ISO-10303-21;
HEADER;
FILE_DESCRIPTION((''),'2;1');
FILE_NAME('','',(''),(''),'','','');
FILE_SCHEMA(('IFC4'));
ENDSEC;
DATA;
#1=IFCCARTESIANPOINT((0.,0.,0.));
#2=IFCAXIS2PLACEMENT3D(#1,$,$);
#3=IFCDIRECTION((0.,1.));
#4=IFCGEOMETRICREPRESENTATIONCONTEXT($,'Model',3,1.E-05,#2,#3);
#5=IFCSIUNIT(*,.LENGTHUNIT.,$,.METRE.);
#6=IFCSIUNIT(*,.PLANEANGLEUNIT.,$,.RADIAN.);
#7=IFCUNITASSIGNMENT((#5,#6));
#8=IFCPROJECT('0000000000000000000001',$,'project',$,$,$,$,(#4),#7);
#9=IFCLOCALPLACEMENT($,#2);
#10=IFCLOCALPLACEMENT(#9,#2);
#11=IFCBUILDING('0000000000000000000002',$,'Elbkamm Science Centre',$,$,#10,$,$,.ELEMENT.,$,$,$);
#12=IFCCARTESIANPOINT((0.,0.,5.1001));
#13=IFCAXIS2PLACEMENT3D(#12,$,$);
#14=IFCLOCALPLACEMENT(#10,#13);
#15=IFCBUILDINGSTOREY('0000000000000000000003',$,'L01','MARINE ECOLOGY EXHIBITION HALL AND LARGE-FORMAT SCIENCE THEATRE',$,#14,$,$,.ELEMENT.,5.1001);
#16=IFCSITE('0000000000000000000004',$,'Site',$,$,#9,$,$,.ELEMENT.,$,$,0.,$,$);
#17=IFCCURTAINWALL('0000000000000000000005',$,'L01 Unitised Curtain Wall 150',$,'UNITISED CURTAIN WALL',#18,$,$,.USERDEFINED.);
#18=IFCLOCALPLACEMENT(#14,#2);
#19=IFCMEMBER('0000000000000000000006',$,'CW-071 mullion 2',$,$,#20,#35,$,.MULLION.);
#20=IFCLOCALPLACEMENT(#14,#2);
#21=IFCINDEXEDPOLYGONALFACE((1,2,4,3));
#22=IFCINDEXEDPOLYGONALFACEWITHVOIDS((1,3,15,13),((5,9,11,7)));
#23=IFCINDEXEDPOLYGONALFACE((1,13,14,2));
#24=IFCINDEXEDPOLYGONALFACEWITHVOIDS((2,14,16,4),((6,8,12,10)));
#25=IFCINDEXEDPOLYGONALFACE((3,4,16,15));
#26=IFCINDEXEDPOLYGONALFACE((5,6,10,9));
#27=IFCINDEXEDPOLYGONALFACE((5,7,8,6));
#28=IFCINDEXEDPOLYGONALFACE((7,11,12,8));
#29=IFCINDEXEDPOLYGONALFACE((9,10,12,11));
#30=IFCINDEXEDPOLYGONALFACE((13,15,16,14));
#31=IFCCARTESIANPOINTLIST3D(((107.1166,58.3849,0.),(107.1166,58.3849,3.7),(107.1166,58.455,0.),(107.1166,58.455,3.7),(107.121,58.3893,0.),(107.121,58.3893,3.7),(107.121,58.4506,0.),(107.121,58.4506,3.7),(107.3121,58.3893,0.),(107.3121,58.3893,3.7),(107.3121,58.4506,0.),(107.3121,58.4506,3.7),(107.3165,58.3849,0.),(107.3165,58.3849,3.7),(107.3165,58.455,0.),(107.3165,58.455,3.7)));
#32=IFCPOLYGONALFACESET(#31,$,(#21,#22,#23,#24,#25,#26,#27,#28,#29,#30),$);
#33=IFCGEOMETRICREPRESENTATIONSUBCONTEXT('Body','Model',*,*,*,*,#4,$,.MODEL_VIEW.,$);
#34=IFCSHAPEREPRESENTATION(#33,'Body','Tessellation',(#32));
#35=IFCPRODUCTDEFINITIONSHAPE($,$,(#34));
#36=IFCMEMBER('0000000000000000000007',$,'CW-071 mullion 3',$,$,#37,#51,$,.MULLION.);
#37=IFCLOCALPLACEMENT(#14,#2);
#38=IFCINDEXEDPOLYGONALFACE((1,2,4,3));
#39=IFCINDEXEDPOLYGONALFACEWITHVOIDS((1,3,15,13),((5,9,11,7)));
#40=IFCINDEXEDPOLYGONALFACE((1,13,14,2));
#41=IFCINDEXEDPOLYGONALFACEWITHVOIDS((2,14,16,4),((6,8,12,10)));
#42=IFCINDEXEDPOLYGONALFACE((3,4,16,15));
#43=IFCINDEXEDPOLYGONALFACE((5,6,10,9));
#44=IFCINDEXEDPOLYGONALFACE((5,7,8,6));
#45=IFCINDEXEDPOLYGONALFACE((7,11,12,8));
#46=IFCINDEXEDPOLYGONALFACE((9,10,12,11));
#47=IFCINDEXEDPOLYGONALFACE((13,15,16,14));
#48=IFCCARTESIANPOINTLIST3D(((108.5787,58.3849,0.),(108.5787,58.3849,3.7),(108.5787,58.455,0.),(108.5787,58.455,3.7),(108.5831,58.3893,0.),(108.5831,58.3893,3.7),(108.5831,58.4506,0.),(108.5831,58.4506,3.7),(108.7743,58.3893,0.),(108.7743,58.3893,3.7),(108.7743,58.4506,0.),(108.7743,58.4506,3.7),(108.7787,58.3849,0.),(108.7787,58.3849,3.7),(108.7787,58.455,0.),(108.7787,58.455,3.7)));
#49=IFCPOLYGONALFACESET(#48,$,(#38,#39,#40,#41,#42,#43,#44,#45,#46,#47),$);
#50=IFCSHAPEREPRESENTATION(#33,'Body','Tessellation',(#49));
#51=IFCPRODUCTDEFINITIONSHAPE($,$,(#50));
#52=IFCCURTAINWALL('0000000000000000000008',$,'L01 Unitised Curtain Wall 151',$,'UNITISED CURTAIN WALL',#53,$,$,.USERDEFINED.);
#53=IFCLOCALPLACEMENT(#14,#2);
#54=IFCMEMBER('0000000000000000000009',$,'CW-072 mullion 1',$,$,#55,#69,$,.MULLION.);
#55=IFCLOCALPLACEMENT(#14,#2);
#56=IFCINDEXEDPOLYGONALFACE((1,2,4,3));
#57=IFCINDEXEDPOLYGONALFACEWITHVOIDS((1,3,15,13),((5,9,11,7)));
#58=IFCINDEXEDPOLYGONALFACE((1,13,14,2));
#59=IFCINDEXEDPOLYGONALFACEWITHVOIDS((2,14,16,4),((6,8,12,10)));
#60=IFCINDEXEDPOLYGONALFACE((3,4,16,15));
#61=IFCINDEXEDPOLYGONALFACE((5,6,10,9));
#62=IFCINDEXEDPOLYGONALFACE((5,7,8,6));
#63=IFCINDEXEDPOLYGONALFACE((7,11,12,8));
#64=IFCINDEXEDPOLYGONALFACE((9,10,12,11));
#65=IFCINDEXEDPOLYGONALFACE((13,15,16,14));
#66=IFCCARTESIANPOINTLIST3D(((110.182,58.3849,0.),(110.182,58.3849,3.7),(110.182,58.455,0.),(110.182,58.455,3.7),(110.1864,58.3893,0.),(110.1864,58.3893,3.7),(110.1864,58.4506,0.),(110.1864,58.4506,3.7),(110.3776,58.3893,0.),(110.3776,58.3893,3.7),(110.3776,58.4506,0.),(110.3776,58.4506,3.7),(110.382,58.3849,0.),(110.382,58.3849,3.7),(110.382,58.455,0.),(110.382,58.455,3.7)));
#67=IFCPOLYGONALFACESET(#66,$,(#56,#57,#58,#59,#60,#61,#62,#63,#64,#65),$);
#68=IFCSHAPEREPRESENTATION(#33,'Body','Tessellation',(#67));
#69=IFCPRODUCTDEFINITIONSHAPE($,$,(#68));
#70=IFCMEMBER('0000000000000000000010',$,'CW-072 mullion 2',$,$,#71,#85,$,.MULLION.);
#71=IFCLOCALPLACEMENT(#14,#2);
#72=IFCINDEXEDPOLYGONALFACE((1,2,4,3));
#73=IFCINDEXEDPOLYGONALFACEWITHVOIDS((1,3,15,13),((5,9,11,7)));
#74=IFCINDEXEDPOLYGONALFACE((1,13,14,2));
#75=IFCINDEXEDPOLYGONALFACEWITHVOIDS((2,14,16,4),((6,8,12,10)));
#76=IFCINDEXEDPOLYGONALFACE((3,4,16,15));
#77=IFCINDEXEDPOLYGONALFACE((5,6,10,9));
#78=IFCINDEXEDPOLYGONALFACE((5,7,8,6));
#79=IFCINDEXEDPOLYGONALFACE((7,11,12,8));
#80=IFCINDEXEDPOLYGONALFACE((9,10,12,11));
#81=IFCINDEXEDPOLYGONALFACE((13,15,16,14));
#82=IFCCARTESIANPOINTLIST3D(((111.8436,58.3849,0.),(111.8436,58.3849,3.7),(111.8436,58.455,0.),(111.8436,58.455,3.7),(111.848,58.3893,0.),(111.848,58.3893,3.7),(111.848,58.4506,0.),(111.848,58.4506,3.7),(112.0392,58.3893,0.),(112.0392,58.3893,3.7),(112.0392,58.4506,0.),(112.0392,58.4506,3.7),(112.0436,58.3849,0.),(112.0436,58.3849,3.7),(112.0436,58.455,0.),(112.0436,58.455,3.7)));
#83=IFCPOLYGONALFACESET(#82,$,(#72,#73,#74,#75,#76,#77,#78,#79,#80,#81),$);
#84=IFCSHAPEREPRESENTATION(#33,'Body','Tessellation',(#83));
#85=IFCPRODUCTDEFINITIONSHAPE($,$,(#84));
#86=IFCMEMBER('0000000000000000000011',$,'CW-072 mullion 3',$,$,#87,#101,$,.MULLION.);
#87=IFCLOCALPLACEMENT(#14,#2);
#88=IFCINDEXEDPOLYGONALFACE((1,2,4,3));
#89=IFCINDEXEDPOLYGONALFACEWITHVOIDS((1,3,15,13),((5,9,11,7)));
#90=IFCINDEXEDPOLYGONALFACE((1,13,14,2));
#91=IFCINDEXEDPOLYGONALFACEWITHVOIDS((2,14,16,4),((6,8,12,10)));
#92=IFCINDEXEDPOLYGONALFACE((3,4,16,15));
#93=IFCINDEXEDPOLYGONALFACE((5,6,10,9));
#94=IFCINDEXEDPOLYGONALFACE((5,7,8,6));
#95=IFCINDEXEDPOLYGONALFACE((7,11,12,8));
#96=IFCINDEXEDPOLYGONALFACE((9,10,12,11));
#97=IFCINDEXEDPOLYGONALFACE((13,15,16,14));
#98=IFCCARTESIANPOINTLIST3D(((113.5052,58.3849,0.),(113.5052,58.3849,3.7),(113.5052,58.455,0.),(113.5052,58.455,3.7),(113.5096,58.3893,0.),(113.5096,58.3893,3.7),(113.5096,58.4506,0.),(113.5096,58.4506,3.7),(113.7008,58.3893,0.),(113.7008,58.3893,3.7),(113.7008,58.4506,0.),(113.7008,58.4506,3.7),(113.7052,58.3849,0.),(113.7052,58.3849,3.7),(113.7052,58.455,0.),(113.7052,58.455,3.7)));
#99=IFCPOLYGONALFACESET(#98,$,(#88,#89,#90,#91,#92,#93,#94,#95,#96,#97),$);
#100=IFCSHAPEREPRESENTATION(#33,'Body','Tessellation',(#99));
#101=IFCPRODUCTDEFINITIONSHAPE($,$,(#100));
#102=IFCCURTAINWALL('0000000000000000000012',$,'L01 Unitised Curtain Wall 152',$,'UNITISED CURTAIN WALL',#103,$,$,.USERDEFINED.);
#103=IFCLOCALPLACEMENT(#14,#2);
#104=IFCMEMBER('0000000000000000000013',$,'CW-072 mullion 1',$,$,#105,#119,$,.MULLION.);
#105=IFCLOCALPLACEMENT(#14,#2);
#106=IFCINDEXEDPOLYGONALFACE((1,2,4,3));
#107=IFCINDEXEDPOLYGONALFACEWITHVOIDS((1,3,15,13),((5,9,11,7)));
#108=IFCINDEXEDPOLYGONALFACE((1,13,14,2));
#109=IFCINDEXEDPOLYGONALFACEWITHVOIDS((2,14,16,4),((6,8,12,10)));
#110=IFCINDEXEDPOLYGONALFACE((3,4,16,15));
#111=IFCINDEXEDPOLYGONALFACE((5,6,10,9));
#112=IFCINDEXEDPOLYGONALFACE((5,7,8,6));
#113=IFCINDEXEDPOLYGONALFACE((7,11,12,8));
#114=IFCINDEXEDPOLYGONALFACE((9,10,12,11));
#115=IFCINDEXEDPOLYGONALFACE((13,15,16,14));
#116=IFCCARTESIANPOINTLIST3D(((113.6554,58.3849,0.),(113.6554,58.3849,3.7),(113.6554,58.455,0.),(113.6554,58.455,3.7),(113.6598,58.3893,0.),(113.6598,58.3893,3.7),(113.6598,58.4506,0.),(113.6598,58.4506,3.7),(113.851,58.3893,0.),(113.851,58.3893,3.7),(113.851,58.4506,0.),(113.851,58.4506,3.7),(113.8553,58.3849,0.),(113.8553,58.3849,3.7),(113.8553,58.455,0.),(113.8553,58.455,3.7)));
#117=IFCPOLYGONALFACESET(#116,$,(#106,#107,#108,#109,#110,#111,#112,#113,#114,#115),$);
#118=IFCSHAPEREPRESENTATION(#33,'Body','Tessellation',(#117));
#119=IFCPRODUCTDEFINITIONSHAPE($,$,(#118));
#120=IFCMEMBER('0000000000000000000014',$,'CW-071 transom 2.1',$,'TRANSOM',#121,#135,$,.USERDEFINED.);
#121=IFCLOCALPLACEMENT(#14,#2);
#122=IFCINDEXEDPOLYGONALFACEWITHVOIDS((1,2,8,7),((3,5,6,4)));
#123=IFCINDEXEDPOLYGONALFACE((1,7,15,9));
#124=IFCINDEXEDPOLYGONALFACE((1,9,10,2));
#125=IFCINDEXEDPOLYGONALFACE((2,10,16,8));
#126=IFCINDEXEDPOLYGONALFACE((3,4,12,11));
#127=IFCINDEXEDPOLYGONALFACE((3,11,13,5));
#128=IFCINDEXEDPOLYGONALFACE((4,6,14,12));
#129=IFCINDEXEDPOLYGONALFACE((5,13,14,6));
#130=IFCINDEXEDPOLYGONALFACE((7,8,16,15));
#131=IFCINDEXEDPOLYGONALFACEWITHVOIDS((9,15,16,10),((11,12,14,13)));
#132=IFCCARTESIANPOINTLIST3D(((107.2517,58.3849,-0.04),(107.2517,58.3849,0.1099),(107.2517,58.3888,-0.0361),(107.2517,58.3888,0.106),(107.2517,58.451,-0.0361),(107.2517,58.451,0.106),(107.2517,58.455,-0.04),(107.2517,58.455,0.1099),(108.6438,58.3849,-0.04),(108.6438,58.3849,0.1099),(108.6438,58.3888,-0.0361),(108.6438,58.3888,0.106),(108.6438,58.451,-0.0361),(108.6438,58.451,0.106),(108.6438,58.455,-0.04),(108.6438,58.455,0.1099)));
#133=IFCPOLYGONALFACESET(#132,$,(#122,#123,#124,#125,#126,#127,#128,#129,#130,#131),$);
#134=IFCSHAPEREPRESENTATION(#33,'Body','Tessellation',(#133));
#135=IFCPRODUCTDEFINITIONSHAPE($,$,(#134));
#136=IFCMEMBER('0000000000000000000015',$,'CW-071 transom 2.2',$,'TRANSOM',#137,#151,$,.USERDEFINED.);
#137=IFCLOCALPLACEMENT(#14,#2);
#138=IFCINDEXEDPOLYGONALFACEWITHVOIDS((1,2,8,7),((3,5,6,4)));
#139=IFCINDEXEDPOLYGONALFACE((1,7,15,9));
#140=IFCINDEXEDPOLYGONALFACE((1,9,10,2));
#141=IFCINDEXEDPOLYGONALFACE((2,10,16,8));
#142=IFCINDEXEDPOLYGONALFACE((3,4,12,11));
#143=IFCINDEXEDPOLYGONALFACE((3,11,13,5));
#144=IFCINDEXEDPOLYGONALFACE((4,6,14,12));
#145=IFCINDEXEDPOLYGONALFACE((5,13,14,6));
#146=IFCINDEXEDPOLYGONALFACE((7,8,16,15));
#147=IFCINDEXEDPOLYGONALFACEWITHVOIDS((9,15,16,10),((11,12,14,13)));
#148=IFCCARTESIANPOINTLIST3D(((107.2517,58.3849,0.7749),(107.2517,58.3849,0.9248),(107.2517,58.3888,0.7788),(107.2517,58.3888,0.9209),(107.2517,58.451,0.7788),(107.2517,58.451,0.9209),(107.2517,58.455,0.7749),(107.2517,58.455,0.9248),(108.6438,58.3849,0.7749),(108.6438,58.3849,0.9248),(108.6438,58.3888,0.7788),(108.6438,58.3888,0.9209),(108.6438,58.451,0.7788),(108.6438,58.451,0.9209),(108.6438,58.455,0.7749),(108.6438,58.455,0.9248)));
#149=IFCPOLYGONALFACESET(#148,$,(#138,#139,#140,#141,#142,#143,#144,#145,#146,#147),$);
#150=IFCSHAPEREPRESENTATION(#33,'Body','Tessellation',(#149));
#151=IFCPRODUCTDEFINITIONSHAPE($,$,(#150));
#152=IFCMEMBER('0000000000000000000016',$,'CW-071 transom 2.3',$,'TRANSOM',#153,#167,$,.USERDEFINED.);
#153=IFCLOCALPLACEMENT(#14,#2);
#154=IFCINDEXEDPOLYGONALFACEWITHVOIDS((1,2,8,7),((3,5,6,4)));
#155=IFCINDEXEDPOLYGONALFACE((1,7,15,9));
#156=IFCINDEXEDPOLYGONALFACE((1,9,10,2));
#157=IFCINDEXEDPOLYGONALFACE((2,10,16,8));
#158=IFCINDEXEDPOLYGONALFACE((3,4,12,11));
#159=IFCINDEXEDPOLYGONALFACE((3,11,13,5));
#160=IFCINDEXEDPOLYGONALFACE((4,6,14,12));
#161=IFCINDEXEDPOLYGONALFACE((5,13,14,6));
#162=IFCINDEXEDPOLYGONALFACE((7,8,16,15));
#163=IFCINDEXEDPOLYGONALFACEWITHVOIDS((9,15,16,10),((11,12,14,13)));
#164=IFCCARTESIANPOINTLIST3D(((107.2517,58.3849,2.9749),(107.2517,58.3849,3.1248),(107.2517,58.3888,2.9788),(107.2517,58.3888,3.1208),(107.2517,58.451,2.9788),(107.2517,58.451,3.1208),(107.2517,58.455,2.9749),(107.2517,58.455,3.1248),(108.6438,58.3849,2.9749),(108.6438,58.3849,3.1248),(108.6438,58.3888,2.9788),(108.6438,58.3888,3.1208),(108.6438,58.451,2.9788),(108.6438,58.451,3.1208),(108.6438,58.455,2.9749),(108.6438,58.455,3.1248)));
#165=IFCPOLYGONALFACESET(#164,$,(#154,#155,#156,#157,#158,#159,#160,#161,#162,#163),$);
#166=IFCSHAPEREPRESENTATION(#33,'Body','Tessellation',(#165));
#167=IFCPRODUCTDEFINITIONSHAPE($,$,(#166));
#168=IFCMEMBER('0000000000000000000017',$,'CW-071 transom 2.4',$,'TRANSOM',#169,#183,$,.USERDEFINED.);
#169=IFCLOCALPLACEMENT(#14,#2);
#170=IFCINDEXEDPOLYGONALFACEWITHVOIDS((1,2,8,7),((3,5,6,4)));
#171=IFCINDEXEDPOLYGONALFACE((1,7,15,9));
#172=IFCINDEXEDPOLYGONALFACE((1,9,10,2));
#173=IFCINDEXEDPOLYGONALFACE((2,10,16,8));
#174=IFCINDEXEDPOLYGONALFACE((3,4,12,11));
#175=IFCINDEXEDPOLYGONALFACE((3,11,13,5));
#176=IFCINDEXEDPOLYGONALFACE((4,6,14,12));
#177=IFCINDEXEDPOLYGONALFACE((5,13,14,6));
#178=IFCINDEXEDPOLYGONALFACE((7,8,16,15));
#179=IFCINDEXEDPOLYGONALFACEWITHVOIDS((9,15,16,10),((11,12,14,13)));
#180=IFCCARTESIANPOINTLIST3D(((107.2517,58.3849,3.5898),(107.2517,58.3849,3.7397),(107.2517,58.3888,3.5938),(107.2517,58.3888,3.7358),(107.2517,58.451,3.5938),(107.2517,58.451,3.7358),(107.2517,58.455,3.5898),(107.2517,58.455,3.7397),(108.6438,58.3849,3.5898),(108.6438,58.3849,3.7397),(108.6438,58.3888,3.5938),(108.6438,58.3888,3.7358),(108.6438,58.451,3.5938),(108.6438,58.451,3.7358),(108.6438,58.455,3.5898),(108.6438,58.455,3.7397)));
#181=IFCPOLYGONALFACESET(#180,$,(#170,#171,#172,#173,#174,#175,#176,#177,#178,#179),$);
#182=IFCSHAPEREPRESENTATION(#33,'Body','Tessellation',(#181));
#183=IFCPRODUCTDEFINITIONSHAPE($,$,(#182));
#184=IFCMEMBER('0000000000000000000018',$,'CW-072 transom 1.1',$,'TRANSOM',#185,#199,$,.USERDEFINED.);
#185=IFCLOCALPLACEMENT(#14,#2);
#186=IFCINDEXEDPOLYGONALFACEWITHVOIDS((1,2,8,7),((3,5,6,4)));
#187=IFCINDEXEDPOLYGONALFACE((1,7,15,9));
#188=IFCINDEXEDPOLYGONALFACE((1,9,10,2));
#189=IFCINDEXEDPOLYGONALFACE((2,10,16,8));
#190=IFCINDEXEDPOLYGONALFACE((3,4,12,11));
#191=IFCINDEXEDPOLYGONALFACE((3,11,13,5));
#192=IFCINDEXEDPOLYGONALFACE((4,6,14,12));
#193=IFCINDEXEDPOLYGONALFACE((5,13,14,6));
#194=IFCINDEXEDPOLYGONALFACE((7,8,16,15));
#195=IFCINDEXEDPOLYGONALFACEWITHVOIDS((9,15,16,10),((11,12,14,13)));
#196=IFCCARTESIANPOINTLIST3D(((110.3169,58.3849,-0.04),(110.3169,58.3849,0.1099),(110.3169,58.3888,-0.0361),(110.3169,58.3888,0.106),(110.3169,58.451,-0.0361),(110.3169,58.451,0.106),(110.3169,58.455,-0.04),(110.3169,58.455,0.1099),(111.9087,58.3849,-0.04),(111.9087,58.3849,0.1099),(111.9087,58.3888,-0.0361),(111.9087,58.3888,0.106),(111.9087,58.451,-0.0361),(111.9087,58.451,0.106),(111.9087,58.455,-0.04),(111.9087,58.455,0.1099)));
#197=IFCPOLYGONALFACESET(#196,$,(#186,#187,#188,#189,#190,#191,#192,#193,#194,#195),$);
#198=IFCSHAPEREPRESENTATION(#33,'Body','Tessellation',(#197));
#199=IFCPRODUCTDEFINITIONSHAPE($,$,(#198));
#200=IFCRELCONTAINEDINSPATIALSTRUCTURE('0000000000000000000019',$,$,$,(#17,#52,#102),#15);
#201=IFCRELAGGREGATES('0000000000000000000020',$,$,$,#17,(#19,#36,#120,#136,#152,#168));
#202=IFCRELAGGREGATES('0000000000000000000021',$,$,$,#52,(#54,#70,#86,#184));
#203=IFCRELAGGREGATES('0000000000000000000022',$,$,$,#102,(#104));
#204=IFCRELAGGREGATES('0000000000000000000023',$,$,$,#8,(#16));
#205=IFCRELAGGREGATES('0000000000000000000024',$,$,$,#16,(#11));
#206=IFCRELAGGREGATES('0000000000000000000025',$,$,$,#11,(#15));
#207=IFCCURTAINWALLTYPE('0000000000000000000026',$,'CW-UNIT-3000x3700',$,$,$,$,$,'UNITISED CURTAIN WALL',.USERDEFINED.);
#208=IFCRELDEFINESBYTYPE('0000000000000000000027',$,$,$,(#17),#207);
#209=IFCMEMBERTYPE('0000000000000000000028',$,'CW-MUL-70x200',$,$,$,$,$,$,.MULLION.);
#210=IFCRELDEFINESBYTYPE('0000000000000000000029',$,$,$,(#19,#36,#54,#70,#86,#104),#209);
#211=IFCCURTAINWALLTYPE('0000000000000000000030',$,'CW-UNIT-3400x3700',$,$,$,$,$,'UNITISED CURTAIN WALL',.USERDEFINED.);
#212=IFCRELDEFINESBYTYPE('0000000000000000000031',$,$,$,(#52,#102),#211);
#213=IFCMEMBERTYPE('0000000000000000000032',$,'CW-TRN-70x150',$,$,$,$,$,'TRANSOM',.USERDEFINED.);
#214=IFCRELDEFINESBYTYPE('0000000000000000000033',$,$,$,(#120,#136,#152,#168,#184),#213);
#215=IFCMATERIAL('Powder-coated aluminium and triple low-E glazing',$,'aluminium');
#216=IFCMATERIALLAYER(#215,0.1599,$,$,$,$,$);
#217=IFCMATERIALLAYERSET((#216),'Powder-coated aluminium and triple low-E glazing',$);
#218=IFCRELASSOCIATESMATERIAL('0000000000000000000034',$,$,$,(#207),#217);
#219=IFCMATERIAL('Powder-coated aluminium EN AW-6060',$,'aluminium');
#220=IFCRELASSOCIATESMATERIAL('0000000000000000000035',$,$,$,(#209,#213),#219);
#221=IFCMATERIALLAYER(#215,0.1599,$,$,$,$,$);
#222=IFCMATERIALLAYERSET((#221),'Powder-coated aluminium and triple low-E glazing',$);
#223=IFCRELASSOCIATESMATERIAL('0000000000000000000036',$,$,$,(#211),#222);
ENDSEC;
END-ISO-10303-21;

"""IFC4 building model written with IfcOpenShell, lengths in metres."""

from ifc_helpers import new_model, si_unit, direction, frame, origin, origin_2d, place, context, subcontext, project, spatial, hollow_rectangle, extrude, material, layer, layer_set, material_profile, profile_set, type_object, element, aggregate, save


model = new_model("IFC4")

# Units and contexts
model_context = context("Model", 3, precision=1e-05, world=origin(), true_north=direction((0.0, 1.0)))
body_context = subcontext(model_context, "Body", "Model", "MODEL_VIEW")
ifc_project = project(units=[si_unit("LENGTHUNIT", "METRE"), si_unit("PLANEANGLEUNIT", "RADIAN")], contexts=[model_context])

# Site, building, storey
site_placement = place(None, origin())
site = spatial("IfcSite", under=ifc_project, at=site_placement, Name="Site", CompositionType="ELEMENT", RefElevation=0.0)
building_placement = place(site_placement, origin())
building = spatial("IfcBuilding", under=site, at=building_placement, Name="Elbkamm Science Centre", CompositionType="ELEMENT")
storey_placement = place(building_placement, frame((0.0, 0.0, 5.1001)))
storey = spatial("IfcBuildingStorey", under=building, at=storey_placement, Name="L01", Description="MARINE ECOLOGY EXHIBITION HALL AND LARGE-FORMAT SCIENCE THEATRE", CompositionType="ELEMENT", Elevation=5.1001)

# Curtain walls, members
ifc_material_1 = material(Name="Powder-coated aluminium and triple low-E glazing", Category="aluminium")
ifc_layer_1 = layer(ifc_material_1, 0.1599)
ifc_layer_set_1 = layer_set([ifc_layer_1], Name="Powder-coated aluminium and triple low-E glazing")
curtain_wall_type_1 = type_object("IfcCurtainWallType", Name="CW-UNIT-3000x3700", ElementType="UNITISED CURTAIN WALL", PredefinedType="USERDEFINED", material=ifc_layer_set_1)
curtain_wall_1_placement = place(storey_placement, origin())
curtain_wall_1 = element("IfcCurtainWall", 1, at=curtain_wall_1_placement, inside=storey, type_object=curtain_wall_type_1, Name="L01 Unitised Curtain Wall 150", ObjectType="UNITISED CURTAIN WALL", PredefinedType="USERDEFINED")
ifc_material_2 = material(Name="Powder-coated aluminium EN AW-6060", Category="aluminium")
ifc_material_profile_1 = material_profile(ifc_material_2, hollow_rectangle(XDim=0.0701, YDim=0.2, WallThickness=0.0044, at=origin_2d()), Name="ALU M70x200")
ifc_profile_set_1 = profile_set([ifc_material_profile_1], Name="Powder-coated aluminium EN AW-6060")
member_type_1 = type_object("IfcMemberType", Name="CW-MUL-70x200", PredefinedType="MULLION", material=ifc_profile_set_1)
member_1_placement = place(storey_placement, frame((107.2166, 58.4199, 0.0), z_axis=(0.0, 0.0, 1.0), x_axis=(0.0, 1.0, 0.0)))
member_1 = element("IfcMember", 2, at=member_1_placement, type_object=member_type_1, Name="CW-071 mullion 2", PredefinedType="MULLION", context=body_context, shape_type="SweptSolid", body=[
    extrude(hollow_rectangle(XDim=0.0701, YDim=0.2, WallThickness=0.0044, at=origin_2d()), origin(), (0.0, 0.0, 1.0), 3.7),
])
member_2_placement = place(storey_placement, frame((108.6787, 58.4199, 0.0), z_axis=(0.0, 0.0, 1.0), x_axis=(0.0, 1.0, 0.0)))
member_2 = element("IfcMember", 3, at=member_2_placement, type_object=member_type_1, Name="CW-071 mullion 3", PredefinedType="MULLION", context=body_context, shape_type="SweptSolid", body=[
    extrude(hollow_rectangle(XDim=0.0701, YDim=0.2, WallThickness=0.0044, at=origin_2d()), origin(), (0.0, 0.0, 1.0), 3.7),
])
ifc_layer_2 = layer(ifc_material_1, 0.1599)
ifc_layer_set_2 = layer_set([ifc_layer_2], Name="Powder-coated aluminium and triple low-E glazing")
curtain_wall_type_2 = type_object("IfcCurtainWallType", Name="CW-UNIT-3400x3700", ElementType="UNITISED CURTAIN WALL", PredefinedType="USERDEFINED", material=ifc_layer_set_2)
curtain_wall_2_placement = place(storey_placement, origin())
curtain_wall_2 = element("IfcCurtainWall", 4, at=curtain_wall_2_placement, inside=storey, type_object=curtain_wall_type_2, Name="L01 Unitised Curtain Wall 151", ObjectType="UNITISED CURTAIN WALL", PredefinedType="USERDEFINED")
member_3_placement = place(storey_placement, frame((110.282, 58.4199, 0.0), z_axis=(0.0, 0.0, 1.0), x_axis=(0.0, 1.0, 0.0)))
member_3 = element("IfcMember", 5, at=member_3_placement, type_object=member_type_1, Name="CW-072 mullion 1", PredefinedType="MULLION", context=body_context, shape_type="SweptSolid", body=[
    extrude(hollow_rectangle(XDim=0.0701, YDim=0.2, WallThickness=0.0044, at=origin_2d()), origin(), (0.0, 0.0, 1.0), 3.7),
])
member_4_placement = place(storey_placement, frame((111.9436, 58.4199, 0.0), z_axis=(0.0, 0.0, 1.0), x_axis=(0.0, 1.0, 0.0)))
member_4 = element("IfcMember", 6, at=member_4_placement, type_object=member_type_1, Name="CW-072 mullion 2", PredefinedType="MULLION", context=body_context, shape_type="SweptSolid", body=[
    extrude(hollow_rectangle(XDim=0.0701, YDim=0.2, WallThickness=0.0044, at=origin_2d()), origin(), (0.0, 0.0, 1.0), 3.7),
])
member_5_placement = place(storey_placement, frame((113.6052, 58.4199, 0.0), z_axis=(0.0, 0.0, 1.0), x_axis=(0.0, 1.0, 0.0)))
member_5 = element("IfcMember", 7, at=member_5_placement, type_object=member_type_1, Name="CW-072 mullion 3", PredefinedType="MULLION", context=body_context, shape_type="SweptSolid", body=[
    extrude(hollow_rectangle(XDim=0.0701, YDim=0.2, WallThickness=0.0044, at=origin_2d()), origin(), (0.0, 0.0, 1.0), 3.7),
])

# Curtain wall, member
curtain_wall_3_placement = place(storey_placement, origin())
curtain_wall_3 = element("IfcCurtainWall", 8, at=curtain_wall_3_placement, inside=storey, type_object=curtain_wall_type_2, Name="L01 Unitised Curtain Wall 152", ObjectType="UNITISED CURTAIN WALL", PredefinedType="USERDEFINED")
member_6_placement = place(storey_placement, frame((113.7554, 58.4199, 0.0), z_axis=(0.0, 0.0, 1.0), x_axis=(0.0, 1.0, 0.0)))
member_6 = element("IfcMember", 9, at=member_6_placement, type_object=member_type_1, Name="CW-072 mullion 1", PredefinedType="MULLION", context=body_context, shape_type="SweptSolid", body=[
    extrude(hollow_rectangle(XDim=0.0701, YDim=0.2, WallThickness=0.0044, at=origin_2d()), origin(), (0.0, 0.0, 1.0), 3.7),
])

# Members
ifc_material_profile_2 = material_profile(ifc_material_2, hollow_rectangle(XDim=0.0701, YDim=0.1499, WallThickness=0.0039, at=origin_2d()), Name="ALU T70x150")
ifc_profile_set_2 = profile_set([ifc_material_profile_2], Name="Powder-coated aluminium EN AW-6060")
member_type_2 = type_object("IfcMemberType", Name="CW-TRN-70x150", ElementType="TRANSOM", PredefinedType="USERDEFINED", material=ifc_profile_set_2)
member_7_placement = place(storey_placement, frame((107.2517, 58.4199, 0.0349), z_axis=(1.0, 0.0, 0.0), x_axis=(0.0, 1.0, 0.0)))
member_7 = element("IfcMember", 10, at=member_7_placement, type_object=member_type_2, Name="CW-071 transom 2.1", ObjectType="TRANSOM", PredefinedType="USERDEFINED", context=body_context, shape_type="SweptSolid", body=[
    extrude(hollow_rectangle(XDim=0.0701, YDim=0.1499, WallThickness=0.0039, at=origin_2d()), origin(), (0.0, 0.0, 1.0), 1.3921),
])
member_8_placement = place(storey_placement, frame((107.2517, 58.4199, 0.8499), z_axis=(1.0, 0.0, 0.0), x_axis=(0.0, 1.0, 0.0)))
member_8 = element("IfcMember", 11, at=member_8_placement, type_object=member_type_2, Name="CW-071 transom 2.2", ObjectType="TRANSOM", PredefinedType="USERDEFINED", context=body_context, shape_type="SweptSolid", body=[
    extrude(hollow_rectangle(XDim=0.0701, YDim=0.1499, WallThickness=0.0039, at=origin_2d()), origin(), (0.0, 0.0, 1.0), 1.3921),
])
member_9_placement = place(storey_placement, frame((107.2517, 58.4199, 3.0498), z_axis=(1.0, 0.0, 0.0), x_axis=(0.0, 1.0, 0.0)))
member_9 = element("IfcMember", 12, at=member_9_placement, type_object=member_type_2, Name="CW-071 transom 2.3", ObjectType="TRANSOM", PredefinedType="USERDEFINED", context=body_context, shape_type="SweptSolid", body=[
    extrude(hollow_rectangle(XDim=0.0701, YDim=0.1499, WallThickness=0.0039, at=origin_2d()), origin(), (0.0, 0.0, 1.0), 1.3921),
])
member_10_placement = place(storey_placement, frame((107.2517, 58.4199, 3.6648), z_axis=(1.0, 0.0, 0.0), x_axis=(0.0, 1.0, 0.0)))
member_10 = element("IfcMember", 13, at=member_10_placement, type_object=member_type_2, Name="CW-071 transom 2.4", ObjectType="TRANSOM", PredefinedType="USERDEFINED", context=body_context, shape_type="SweptSolid", body=[
    extrude(hollow_rectangle(XDim=0.0701, YDim=0.1499, WallThickness=0.0039, at=origin_2d()), origin(), (0.0, 0.0, 1.0), 1.3921),
])
member_11_placement = place(storey_placement, frame((110.3169, 58.4199, 0.0349), z_axis=(1.0, 0.0, 0.0), x_axis=(0.0, 1.0, 0.0)))
member_11 = element("IfcMember", 14, at=member_11_placement, type_object=member_type_2, Name="CW-072 transom 1.1", ObjectType="TRANSOM", PredefinedType="USERDEFINED", context=body_context, shape_type="SweptSolid", body=[
    extrude(hollow_rectangle(XDim=0.0701, YDim=0.1499, WallThickness=0.0039, at=origin_2d()), origin(), (0.0, 0.0, 1.0), 1.5918),
])

aggregate(curtain_wall_1, [member_1, member_2, member_7, member_8, member_9, member_10])
aggregate(curtain_wall_2, [member_3, member_4, member_5, member_11])
aggregate(curtain_wall_3, [member_6])

save(model, "model.ifc")
